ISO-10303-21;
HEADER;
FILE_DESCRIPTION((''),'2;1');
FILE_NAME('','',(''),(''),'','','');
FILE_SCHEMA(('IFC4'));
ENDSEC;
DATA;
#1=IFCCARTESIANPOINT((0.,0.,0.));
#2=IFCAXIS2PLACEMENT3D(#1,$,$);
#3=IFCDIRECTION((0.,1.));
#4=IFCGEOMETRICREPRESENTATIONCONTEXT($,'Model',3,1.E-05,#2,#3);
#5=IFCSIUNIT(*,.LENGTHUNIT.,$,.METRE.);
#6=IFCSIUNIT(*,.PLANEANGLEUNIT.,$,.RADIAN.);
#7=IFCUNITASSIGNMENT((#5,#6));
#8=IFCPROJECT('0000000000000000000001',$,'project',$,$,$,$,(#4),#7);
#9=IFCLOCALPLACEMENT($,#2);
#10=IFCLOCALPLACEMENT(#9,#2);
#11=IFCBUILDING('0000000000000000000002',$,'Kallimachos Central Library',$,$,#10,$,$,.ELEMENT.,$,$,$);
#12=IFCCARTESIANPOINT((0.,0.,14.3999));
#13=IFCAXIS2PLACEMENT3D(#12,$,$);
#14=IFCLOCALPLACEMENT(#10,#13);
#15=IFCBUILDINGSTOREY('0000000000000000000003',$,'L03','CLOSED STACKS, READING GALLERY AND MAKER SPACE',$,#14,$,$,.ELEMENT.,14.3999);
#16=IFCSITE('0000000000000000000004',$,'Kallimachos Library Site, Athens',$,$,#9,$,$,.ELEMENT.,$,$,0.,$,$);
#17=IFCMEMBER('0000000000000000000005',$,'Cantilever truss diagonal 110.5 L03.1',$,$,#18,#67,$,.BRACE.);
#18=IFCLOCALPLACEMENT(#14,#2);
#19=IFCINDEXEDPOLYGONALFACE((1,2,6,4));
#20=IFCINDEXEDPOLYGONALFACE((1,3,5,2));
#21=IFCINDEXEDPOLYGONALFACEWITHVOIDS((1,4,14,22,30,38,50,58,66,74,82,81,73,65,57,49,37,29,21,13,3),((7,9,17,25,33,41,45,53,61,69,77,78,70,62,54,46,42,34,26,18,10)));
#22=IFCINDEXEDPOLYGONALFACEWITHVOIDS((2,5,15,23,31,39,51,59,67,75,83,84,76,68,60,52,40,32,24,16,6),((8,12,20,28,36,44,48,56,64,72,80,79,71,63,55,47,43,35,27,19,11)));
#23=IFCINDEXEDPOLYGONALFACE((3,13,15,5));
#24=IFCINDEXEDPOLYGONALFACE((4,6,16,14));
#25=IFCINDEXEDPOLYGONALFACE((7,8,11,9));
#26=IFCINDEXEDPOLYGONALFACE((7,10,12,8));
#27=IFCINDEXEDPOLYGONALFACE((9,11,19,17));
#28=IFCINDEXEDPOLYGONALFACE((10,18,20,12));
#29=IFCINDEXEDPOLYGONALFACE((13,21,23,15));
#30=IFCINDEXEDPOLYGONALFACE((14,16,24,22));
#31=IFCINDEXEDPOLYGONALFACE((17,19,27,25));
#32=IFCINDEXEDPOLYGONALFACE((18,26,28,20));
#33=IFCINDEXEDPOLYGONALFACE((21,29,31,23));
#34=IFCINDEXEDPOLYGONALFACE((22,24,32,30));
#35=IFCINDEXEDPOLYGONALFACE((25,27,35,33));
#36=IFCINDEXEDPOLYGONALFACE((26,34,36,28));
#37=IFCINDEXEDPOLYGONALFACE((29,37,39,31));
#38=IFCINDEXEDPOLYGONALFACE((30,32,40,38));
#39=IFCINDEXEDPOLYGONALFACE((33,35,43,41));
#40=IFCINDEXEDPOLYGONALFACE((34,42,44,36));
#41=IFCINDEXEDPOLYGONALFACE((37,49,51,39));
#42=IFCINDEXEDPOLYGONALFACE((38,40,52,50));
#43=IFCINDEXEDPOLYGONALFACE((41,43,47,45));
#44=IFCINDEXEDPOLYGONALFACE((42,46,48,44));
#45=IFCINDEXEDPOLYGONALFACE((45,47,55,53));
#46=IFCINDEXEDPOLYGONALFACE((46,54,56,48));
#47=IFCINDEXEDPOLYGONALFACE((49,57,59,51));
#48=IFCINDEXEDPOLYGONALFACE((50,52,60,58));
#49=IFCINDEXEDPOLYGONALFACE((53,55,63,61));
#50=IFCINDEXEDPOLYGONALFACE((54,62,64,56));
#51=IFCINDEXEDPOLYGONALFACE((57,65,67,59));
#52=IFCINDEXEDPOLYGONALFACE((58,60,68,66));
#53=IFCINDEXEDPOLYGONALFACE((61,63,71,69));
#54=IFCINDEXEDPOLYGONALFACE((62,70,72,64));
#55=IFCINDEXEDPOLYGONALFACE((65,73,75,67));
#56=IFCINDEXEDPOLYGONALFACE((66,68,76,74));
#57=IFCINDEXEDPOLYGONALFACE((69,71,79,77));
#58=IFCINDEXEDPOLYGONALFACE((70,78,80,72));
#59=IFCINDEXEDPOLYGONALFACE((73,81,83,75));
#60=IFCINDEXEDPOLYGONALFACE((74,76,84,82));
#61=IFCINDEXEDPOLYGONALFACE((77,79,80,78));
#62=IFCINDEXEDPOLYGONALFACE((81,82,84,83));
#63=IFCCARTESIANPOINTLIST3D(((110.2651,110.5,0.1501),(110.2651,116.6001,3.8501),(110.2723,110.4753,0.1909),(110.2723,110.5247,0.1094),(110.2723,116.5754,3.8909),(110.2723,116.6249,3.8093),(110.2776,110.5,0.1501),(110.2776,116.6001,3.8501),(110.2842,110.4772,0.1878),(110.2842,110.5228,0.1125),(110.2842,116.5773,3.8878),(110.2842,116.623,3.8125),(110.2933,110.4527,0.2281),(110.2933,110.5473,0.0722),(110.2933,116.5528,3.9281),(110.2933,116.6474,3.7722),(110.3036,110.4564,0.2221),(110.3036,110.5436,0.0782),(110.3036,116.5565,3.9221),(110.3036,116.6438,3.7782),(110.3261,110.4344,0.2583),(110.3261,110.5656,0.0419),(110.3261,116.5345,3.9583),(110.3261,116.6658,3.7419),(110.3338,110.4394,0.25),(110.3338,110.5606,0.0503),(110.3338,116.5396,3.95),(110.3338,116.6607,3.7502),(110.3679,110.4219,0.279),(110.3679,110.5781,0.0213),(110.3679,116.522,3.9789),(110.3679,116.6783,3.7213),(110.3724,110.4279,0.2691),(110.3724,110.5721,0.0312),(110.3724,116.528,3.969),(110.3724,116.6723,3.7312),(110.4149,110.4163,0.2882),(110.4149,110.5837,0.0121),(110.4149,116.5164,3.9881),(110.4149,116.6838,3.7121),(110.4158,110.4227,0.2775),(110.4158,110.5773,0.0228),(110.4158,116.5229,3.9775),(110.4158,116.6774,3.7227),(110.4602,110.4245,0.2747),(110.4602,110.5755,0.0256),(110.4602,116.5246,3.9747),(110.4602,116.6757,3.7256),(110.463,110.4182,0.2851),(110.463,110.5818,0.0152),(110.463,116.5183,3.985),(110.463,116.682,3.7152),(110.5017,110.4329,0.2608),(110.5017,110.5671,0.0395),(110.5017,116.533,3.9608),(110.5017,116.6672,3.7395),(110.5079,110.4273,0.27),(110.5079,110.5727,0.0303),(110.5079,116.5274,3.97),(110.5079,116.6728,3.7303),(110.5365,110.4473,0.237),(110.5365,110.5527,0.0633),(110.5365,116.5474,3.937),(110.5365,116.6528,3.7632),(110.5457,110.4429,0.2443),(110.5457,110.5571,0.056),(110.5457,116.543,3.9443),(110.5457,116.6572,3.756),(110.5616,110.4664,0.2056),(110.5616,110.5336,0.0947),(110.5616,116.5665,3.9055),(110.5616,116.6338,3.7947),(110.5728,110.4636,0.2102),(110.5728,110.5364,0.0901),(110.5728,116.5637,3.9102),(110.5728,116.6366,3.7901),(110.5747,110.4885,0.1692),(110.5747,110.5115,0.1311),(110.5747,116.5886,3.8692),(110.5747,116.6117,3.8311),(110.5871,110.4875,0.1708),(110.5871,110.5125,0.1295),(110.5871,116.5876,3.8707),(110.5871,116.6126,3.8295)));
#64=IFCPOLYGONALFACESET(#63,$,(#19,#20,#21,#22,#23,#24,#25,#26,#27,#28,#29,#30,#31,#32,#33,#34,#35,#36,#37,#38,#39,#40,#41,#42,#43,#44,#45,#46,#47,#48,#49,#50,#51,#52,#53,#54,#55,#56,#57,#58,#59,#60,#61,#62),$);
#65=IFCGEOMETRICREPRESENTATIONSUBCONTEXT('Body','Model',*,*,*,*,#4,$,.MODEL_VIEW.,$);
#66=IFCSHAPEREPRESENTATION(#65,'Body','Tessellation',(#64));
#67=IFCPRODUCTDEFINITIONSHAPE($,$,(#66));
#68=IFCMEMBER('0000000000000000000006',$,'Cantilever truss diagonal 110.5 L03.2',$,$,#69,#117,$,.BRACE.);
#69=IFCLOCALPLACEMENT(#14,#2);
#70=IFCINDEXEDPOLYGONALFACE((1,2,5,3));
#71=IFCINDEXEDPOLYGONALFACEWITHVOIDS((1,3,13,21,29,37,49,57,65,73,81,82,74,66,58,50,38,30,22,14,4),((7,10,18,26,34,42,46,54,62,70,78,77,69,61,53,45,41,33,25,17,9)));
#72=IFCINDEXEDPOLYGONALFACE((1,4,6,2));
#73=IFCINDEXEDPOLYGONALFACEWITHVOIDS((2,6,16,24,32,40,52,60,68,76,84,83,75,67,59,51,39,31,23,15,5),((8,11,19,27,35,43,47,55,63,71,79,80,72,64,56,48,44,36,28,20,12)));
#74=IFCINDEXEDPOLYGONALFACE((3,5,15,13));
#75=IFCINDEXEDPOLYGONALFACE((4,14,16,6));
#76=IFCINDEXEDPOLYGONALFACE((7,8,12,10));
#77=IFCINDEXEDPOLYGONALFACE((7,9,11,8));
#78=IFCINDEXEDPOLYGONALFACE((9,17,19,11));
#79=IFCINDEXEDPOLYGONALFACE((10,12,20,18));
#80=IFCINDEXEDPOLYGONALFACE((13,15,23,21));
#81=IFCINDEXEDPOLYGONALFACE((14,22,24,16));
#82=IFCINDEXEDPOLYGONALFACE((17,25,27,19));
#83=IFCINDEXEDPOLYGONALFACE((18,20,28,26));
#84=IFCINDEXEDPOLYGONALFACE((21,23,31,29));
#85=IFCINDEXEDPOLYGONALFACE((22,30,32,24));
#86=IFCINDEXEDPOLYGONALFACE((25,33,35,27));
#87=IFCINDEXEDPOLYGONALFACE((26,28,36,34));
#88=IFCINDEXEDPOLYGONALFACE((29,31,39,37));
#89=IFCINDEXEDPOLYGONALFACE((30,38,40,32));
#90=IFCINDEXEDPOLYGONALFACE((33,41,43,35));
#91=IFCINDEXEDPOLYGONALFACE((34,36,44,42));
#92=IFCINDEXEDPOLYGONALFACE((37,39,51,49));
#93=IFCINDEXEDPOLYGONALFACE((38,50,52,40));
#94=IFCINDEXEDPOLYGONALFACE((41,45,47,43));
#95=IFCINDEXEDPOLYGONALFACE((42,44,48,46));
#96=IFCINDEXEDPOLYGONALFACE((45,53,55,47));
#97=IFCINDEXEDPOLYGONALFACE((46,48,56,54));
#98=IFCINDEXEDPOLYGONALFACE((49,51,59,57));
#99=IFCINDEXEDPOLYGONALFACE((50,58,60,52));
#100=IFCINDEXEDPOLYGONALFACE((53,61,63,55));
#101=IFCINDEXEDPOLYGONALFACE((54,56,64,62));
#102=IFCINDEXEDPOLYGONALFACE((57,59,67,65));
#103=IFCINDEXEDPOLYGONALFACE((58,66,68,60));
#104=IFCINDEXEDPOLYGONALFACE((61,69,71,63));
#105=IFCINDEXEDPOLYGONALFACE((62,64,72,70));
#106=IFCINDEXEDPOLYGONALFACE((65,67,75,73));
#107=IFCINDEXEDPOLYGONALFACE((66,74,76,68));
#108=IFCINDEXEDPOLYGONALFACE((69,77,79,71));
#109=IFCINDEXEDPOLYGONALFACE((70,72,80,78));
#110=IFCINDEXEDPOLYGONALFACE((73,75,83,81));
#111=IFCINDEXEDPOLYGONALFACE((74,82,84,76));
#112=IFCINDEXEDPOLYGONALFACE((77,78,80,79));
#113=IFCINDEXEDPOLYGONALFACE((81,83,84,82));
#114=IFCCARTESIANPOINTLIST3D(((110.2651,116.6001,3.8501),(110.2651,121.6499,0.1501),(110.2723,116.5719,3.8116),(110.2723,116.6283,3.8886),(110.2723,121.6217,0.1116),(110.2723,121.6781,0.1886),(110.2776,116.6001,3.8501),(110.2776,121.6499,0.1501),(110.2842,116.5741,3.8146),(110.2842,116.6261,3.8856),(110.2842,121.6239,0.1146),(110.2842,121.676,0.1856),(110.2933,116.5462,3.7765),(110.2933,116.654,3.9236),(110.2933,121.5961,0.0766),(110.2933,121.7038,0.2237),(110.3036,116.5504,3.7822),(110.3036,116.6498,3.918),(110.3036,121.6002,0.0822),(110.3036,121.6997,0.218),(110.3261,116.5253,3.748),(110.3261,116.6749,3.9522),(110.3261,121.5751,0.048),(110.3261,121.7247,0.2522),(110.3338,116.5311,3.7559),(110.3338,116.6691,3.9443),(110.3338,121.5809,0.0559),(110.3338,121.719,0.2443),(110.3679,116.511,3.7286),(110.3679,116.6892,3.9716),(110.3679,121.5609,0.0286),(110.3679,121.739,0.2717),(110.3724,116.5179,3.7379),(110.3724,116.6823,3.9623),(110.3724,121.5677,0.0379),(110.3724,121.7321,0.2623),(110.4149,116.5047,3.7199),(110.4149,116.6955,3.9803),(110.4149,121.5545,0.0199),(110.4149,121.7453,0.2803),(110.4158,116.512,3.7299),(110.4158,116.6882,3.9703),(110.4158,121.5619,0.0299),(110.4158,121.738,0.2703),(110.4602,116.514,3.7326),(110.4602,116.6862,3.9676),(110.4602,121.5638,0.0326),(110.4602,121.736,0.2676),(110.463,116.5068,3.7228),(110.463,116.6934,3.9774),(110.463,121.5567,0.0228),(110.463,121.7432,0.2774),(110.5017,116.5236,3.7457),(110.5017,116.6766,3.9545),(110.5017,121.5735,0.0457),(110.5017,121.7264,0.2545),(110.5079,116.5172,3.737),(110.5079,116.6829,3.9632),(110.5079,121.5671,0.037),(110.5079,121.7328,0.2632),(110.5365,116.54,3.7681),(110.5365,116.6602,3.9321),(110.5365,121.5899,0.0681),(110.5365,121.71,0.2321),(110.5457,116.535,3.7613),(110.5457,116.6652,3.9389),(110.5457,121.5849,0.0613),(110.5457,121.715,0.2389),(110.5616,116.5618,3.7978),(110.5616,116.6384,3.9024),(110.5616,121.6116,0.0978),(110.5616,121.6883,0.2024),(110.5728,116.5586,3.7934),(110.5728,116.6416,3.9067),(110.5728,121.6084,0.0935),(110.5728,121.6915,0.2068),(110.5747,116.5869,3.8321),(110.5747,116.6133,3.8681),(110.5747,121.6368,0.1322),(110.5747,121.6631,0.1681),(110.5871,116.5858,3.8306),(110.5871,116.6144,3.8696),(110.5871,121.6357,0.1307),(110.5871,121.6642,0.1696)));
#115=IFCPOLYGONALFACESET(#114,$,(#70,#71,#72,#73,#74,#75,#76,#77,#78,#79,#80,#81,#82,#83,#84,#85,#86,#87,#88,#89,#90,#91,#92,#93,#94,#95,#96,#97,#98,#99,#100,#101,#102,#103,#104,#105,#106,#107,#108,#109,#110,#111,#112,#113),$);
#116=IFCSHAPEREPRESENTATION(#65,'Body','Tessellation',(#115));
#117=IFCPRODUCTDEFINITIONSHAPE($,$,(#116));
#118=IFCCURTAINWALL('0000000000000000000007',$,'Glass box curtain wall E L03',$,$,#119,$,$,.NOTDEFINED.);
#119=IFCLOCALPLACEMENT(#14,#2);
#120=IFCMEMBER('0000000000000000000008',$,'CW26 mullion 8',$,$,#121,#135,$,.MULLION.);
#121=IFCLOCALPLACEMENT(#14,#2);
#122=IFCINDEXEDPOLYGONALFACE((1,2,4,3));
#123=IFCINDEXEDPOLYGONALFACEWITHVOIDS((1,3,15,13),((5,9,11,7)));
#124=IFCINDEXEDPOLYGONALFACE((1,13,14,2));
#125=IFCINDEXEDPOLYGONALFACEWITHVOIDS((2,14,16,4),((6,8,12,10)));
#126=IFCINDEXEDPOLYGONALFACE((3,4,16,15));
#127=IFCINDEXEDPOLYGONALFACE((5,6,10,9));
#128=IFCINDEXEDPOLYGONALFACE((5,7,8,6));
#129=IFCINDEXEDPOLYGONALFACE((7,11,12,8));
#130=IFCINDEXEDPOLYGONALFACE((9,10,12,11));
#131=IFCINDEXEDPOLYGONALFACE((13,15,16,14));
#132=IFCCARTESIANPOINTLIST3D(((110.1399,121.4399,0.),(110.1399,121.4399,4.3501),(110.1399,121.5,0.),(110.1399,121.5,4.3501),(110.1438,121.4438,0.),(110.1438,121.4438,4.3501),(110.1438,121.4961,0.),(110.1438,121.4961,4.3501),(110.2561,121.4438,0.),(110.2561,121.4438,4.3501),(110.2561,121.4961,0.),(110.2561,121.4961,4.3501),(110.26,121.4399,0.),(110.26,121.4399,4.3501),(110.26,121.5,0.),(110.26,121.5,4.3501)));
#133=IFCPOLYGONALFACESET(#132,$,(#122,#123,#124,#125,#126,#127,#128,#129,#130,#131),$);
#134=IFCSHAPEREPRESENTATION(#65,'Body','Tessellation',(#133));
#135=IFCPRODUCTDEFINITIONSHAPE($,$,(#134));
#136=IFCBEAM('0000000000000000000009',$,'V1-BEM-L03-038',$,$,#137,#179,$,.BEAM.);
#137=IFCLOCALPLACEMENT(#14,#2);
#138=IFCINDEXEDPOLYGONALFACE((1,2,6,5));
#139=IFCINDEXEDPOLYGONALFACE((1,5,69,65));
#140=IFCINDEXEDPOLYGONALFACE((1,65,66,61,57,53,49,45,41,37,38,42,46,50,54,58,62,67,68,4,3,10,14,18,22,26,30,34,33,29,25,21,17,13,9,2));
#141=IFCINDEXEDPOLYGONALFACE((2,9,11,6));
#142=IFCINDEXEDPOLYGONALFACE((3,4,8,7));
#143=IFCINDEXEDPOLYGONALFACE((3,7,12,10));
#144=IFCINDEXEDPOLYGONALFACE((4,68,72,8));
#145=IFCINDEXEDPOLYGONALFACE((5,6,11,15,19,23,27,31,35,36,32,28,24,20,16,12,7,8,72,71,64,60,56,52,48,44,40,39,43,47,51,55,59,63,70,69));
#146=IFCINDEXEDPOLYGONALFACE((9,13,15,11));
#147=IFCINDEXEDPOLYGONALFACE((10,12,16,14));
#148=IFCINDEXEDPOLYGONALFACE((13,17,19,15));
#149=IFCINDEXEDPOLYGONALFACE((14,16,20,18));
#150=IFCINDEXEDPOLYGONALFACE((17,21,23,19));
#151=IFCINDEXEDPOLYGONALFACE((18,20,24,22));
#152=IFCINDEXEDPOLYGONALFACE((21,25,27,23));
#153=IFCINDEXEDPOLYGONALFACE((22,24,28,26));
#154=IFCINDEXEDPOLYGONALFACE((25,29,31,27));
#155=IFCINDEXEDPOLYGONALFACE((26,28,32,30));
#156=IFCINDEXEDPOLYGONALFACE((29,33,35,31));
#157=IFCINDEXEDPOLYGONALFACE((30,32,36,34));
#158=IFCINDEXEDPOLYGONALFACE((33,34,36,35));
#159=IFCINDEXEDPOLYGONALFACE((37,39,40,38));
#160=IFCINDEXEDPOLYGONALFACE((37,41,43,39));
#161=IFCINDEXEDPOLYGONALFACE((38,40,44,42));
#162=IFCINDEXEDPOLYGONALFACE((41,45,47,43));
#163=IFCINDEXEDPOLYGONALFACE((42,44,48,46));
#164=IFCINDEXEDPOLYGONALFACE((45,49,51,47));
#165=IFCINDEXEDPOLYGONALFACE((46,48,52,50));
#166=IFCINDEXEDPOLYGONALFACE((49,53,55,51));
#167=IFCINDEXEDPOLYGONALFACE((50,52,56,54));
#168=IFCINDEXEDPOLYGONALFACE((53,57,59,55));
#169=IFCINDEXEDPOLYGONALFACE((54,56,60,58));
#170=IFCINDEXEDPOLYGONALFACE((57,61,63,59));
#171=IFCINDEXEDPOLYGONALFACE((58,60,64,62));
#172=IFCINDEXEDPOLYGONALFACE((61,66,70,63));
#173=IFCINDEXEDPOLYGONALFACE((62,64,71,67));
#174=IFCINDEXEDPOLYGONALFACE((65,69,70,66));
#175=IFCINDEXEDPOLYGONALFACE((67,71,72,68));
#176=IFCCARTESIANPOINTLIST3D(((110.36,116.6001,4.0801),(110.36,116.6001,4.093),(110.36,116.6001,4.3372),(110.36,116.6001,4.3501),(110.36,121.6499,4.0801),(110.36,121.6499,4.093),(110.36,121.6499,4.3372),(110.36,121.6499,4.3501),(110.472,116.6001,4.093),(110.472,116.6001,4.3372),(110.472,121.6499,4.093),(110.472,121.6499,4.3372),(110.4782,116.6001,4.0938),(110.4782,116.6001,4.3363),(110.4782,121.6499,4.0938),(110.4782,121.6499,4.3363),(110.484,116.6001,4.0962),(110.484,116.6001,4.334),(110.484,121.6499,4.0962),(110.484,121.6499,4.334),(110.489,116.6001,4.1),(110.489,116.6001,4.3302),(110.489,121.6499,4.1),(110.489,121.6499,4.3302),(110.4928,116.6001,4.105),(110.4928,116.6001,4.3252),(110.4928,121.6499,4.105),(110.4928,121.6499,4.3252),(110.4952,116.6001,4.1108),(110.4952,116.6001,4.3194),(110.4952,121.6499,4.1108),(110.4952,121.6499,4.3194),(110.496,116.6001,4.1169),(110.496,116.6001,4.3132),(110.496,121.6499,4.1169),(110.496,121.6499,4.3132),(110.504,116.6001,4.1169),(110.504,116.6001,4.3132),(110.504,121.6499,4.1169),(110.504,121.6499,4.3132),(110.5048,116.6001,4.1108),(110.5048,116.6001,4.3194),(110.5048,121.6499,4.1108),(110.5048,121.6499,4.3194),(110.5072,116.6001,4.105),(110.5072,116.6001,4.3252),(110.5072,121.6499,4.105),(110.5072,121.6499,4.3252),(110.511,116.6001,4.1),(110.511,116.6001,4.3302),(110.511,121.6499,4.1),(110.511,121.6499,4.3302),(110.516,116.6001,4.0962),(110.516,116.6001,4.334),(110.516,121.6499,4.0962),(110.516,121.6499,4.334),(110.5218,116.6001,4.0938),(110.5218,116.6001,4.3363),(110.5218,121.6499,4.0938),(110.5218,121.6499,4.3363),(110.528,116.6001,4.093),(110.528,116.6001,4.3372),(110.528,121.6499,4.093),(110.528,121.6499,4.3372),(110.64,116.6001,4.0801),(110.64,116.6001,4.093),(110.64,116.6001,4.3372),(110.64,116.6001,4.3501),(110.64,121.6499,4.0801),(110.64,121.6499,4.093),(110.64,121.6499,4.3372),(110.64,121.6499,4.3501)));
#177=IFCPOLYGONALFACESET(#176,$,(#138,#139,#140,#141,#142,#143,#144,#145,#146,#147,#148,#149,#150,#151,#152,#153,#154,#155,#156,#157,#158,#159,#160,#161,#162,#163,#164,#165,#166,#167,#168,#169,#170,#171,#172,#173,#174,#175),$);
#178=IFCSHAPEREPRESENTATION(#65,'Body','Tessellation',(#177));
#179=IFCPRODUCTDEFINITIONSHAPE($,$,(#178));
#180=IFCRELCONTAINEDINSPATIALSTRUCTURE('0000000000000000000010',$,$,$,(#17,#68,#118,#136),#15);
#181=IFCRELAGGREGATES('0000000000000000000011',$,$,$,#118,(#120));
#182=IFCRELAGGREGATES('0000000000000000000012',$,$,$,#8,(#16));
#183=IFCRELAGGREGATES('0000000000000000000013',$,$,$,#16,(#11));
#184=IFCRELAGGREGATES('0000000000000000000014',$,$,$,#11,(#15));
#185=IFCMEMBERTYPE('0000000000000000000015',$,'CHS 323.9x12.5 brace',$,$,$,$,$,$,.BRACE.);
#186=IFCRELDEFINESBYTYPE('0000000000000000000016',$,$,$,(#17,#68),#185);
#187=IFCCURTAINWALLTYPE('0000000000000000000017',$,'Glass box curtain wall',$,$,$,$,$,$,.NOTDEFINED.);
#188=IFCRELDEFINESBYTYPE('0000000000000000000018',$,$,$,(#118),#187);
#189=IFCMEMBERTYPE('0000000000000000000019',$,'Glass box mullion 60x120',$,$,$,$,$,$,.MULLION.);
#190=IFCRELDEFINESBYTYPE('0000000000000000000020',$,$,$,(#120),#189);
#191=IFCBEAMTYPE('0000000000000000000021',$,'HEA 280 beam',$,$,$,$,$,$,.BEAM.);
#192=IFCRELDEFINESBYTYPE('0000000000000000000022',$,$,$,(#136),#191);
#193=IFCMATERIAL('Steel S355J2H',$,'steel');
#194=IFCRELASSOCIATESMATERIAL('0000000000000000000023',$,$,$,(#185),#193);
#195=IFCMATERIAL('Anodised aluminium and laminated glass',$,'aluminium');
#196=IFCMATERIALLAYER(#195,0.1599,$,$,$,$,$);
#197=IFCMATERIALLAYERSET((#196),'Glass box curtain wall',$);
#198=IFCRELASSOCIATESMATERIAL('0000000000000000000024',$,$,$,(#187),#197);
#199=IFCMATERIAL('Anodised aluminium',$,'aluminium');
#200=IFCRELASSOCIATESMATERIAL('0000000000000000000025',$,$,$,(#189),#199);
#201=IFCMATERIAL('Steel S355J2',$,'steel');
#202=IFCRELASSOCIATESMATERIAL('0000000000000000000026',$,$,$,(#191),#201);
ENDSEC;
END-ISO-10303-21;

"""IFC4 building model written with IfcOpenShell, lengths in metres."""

from ifc_helpers import new_model, si_unit, direction, frame, origin, origin_2d, place, context, subcontext, project, spatial, hollow_rectangle, hollow_circle, i_section, extrude, material, layer, layer_set, material_profile, profile_set, type_object, element, aggregate, save


model = new_model("IFC4")

# Units and contexts
model_context = context("Model", 3, precision=1e-05, world=origin(), true_north=direction((0.0, 1.0)))
body_context = subcontext(model_context, "Body", "Model", "MODEL_VIEW")
ifc_project = project(units=[si_unit("LENGTHUNIT", "METRE"), si_unit("PLANEANGLEUNIT", "RADIAN")], contexts=[model_context])

# Site, building, storey
site_placement = place(None, origin())
site = spatial("IfcSite", under=ifc_project, at=site_placement, Name="Kallimachos Library Site, Athens", CompositionType="ELEMENT", RefElevation=0.0)
building_placement = place(site_placement, origin())
building = spatial("IfcBuilding", under=site, at=building_placement, Name="Kallimachos Central Library", CompositionType="ELEMENT")
storey_placement = place(building_placement, frame((0.0, 0.0, 14.3999)))
storey = spatial("IfcBuildingStorey", under=building, at=storey_placement, Name="L03", Description="CLOSED STACKS, READING GALLERY AND MAKER SPACE", CompositionType="ELEMENT", Elevation=14.3999)

# Members
ifc_material_1 = material(Name="Steel S355J2H", Category="steel")
ifc_material_profile_1 = material_profile(ifc_material_1, hollow_circle(Radius=0.1619, WallThickness=0.0125, at=origin_2d()), Name="CHS 323.9x12.5")
ifc_profile_set_1 = profile_set([ifc_material_profile_1], Name="Steel S355J2H")
member_type_1 = type_object("IfcMemberType", Name="CHS 323.9x12.5 brace", PredefinedType="BRACE", material=ifc_profile_set_1)
member_1_placement = place(storey_placement, frame((110.427, 110.5, 0.1501), z_axis=(0.0, 0.855016, 0.518601), x_axis=(-1.0, 0.0, 0.0)))
element("IfcMember", 1, at=member_1_placement, inside=storey, type_object=member_type_1, Name="Cantilever truss diagonal 110.5 L03.1", PredefinedType="BRACE", context=body_context, shape_type="SweptSolid", body=[
    extrude(hollow_circle(Radius=0.1619, WallThickness=0.0125, at=origin_2d()), origin(), (0.0, 0.0, 1.0), 7.1345),
])
member_2_placement = place(storey_placement, frame((110.427, 116.6001, 3.8501), z_axis=(0.0, 0.806652, -0.591027), x_axis=(-1.0, 0.0, 0.0)))
element("IfcMember", 2, at=member_2_placement, inside=storey, type_object=member_type_1, Name="Cantilever truss diagonal 110.5 L03.2", PredefinedType="BRACE", context=body_context, shape_type="SweptSolid", body=[
    extrude(hollow_circle(Radius=0.1619, WallThickness=0.0125, at=origin_2d()), origin(), (0.0, 0.0, 1.0), 6.2603),
])

# Curtain wall, member
ifc_material_2 = material(Name="Anodised aluminium and laminated glass", Category="aluminium")
ifc_layer_1 = layer(ifc_material_2, 0.1599)
ifc_layer_set_1 = layer_set([ifc_layer_1], Name="Glass box curtain wall")
curtain_wall_type = type_object("IfcCurtainWallType", Name="Glass box curtain wall", PredefinedType="NOTDEFINED", material=ifc_layer_set_1)
curtain_wall_placement = place(storey_placement, origin())
curtain_wall = element("IfcCurtainWall", 3, at=curtain_wall_placement, inside=storey, type_object=curtain_wall_type, Name="Glass box curtain wall E L03", PredefinedType="NOTDEFINED")
ifc_material_3 = material(Name="Anodised aluminium", Category="aluminium")
ifc_material_profile_2 = material_profile(ifc_material_3, hollow_rectangle(XDim=0.0601, YDim=0.1201, WallThickness=0.0039, at=origin_2d()), Name="ALU MULLION 60x120")
ifc_profile_set_2 = profile_set([ifc_material_profile_2], Name="Anodised aluminium")
member_type_2 = type_object("IfcMemberType", Name="Glass box mullion 60x120", PredefinedType="MULLION", material=ifc_profile_set_2)
member_3_placement = place(storey_placement, frame((110.2, 121.47, 0.0), z_axis=(0.0, 0.0, 1.0), x_axis=(0.0, 1.0, 0.0)))
member_3 = element("IfcMember", 4, at=member_3_placement, type_object=member_type_2, Name="CW26 mullion 8", PredefinedType="MULLION", context=body_context, shape_type="SweptSolid", body=[
    extrude(hollow_rectangle(XDim=0.0601, YDim=0.1201, WallThickness=0.0039, at=origin_2d()), origin(), (0.0, 0.0, 1.0), 4.3501),
])

# Beam
ifc_material_4 = material(Name="Steel S355J2", Category="steel")
ifc_material_profile_3 = material_profile(ifc_material_4, i_section(OverallWidth=0.28, OverallDepth=0.27, WebThickness=0.0081, FlangeThickness=0.0129, FilletRadius=0.0239, at=origin_2d()), Name="HEA 280")
ifc_profile_set_3 = profile_set([ifc_material_profile_3], Name="Steel S355J2")
beam_type_1 = type_object("IfcBeamType", Name="HEA 280 beam", PredefinedType="BEAM", material=ifc_profile_set_3)
beam_1_placement = place(storey_placement, frame((110.5, 116.6001, 4.2151), z_axis=(0.0, 1.0, 0.0), x_axis=(-1.0, 0.0, 0.0)))
element("IfcBeam", 5, at=beam_1_placement, inside=storey, type_object=beam_type_1, Name="V1-BEM-L03-038", PredefinedType="BEAM", context=body_context, shape_type="SweptSolid", body=[
    extrude(i_section(OverallWidth=0.28, OverallDepth=0.27, WebThickness=0.0081, FlangeThickness=0.0129, FilletRadius=0.0239, at=origin_2d()), origin(), (0.0, 0.0, 1.0), 5.0498),
])

aggregate(curtain_wall, [member_3])

save(model, "model.ifc")
